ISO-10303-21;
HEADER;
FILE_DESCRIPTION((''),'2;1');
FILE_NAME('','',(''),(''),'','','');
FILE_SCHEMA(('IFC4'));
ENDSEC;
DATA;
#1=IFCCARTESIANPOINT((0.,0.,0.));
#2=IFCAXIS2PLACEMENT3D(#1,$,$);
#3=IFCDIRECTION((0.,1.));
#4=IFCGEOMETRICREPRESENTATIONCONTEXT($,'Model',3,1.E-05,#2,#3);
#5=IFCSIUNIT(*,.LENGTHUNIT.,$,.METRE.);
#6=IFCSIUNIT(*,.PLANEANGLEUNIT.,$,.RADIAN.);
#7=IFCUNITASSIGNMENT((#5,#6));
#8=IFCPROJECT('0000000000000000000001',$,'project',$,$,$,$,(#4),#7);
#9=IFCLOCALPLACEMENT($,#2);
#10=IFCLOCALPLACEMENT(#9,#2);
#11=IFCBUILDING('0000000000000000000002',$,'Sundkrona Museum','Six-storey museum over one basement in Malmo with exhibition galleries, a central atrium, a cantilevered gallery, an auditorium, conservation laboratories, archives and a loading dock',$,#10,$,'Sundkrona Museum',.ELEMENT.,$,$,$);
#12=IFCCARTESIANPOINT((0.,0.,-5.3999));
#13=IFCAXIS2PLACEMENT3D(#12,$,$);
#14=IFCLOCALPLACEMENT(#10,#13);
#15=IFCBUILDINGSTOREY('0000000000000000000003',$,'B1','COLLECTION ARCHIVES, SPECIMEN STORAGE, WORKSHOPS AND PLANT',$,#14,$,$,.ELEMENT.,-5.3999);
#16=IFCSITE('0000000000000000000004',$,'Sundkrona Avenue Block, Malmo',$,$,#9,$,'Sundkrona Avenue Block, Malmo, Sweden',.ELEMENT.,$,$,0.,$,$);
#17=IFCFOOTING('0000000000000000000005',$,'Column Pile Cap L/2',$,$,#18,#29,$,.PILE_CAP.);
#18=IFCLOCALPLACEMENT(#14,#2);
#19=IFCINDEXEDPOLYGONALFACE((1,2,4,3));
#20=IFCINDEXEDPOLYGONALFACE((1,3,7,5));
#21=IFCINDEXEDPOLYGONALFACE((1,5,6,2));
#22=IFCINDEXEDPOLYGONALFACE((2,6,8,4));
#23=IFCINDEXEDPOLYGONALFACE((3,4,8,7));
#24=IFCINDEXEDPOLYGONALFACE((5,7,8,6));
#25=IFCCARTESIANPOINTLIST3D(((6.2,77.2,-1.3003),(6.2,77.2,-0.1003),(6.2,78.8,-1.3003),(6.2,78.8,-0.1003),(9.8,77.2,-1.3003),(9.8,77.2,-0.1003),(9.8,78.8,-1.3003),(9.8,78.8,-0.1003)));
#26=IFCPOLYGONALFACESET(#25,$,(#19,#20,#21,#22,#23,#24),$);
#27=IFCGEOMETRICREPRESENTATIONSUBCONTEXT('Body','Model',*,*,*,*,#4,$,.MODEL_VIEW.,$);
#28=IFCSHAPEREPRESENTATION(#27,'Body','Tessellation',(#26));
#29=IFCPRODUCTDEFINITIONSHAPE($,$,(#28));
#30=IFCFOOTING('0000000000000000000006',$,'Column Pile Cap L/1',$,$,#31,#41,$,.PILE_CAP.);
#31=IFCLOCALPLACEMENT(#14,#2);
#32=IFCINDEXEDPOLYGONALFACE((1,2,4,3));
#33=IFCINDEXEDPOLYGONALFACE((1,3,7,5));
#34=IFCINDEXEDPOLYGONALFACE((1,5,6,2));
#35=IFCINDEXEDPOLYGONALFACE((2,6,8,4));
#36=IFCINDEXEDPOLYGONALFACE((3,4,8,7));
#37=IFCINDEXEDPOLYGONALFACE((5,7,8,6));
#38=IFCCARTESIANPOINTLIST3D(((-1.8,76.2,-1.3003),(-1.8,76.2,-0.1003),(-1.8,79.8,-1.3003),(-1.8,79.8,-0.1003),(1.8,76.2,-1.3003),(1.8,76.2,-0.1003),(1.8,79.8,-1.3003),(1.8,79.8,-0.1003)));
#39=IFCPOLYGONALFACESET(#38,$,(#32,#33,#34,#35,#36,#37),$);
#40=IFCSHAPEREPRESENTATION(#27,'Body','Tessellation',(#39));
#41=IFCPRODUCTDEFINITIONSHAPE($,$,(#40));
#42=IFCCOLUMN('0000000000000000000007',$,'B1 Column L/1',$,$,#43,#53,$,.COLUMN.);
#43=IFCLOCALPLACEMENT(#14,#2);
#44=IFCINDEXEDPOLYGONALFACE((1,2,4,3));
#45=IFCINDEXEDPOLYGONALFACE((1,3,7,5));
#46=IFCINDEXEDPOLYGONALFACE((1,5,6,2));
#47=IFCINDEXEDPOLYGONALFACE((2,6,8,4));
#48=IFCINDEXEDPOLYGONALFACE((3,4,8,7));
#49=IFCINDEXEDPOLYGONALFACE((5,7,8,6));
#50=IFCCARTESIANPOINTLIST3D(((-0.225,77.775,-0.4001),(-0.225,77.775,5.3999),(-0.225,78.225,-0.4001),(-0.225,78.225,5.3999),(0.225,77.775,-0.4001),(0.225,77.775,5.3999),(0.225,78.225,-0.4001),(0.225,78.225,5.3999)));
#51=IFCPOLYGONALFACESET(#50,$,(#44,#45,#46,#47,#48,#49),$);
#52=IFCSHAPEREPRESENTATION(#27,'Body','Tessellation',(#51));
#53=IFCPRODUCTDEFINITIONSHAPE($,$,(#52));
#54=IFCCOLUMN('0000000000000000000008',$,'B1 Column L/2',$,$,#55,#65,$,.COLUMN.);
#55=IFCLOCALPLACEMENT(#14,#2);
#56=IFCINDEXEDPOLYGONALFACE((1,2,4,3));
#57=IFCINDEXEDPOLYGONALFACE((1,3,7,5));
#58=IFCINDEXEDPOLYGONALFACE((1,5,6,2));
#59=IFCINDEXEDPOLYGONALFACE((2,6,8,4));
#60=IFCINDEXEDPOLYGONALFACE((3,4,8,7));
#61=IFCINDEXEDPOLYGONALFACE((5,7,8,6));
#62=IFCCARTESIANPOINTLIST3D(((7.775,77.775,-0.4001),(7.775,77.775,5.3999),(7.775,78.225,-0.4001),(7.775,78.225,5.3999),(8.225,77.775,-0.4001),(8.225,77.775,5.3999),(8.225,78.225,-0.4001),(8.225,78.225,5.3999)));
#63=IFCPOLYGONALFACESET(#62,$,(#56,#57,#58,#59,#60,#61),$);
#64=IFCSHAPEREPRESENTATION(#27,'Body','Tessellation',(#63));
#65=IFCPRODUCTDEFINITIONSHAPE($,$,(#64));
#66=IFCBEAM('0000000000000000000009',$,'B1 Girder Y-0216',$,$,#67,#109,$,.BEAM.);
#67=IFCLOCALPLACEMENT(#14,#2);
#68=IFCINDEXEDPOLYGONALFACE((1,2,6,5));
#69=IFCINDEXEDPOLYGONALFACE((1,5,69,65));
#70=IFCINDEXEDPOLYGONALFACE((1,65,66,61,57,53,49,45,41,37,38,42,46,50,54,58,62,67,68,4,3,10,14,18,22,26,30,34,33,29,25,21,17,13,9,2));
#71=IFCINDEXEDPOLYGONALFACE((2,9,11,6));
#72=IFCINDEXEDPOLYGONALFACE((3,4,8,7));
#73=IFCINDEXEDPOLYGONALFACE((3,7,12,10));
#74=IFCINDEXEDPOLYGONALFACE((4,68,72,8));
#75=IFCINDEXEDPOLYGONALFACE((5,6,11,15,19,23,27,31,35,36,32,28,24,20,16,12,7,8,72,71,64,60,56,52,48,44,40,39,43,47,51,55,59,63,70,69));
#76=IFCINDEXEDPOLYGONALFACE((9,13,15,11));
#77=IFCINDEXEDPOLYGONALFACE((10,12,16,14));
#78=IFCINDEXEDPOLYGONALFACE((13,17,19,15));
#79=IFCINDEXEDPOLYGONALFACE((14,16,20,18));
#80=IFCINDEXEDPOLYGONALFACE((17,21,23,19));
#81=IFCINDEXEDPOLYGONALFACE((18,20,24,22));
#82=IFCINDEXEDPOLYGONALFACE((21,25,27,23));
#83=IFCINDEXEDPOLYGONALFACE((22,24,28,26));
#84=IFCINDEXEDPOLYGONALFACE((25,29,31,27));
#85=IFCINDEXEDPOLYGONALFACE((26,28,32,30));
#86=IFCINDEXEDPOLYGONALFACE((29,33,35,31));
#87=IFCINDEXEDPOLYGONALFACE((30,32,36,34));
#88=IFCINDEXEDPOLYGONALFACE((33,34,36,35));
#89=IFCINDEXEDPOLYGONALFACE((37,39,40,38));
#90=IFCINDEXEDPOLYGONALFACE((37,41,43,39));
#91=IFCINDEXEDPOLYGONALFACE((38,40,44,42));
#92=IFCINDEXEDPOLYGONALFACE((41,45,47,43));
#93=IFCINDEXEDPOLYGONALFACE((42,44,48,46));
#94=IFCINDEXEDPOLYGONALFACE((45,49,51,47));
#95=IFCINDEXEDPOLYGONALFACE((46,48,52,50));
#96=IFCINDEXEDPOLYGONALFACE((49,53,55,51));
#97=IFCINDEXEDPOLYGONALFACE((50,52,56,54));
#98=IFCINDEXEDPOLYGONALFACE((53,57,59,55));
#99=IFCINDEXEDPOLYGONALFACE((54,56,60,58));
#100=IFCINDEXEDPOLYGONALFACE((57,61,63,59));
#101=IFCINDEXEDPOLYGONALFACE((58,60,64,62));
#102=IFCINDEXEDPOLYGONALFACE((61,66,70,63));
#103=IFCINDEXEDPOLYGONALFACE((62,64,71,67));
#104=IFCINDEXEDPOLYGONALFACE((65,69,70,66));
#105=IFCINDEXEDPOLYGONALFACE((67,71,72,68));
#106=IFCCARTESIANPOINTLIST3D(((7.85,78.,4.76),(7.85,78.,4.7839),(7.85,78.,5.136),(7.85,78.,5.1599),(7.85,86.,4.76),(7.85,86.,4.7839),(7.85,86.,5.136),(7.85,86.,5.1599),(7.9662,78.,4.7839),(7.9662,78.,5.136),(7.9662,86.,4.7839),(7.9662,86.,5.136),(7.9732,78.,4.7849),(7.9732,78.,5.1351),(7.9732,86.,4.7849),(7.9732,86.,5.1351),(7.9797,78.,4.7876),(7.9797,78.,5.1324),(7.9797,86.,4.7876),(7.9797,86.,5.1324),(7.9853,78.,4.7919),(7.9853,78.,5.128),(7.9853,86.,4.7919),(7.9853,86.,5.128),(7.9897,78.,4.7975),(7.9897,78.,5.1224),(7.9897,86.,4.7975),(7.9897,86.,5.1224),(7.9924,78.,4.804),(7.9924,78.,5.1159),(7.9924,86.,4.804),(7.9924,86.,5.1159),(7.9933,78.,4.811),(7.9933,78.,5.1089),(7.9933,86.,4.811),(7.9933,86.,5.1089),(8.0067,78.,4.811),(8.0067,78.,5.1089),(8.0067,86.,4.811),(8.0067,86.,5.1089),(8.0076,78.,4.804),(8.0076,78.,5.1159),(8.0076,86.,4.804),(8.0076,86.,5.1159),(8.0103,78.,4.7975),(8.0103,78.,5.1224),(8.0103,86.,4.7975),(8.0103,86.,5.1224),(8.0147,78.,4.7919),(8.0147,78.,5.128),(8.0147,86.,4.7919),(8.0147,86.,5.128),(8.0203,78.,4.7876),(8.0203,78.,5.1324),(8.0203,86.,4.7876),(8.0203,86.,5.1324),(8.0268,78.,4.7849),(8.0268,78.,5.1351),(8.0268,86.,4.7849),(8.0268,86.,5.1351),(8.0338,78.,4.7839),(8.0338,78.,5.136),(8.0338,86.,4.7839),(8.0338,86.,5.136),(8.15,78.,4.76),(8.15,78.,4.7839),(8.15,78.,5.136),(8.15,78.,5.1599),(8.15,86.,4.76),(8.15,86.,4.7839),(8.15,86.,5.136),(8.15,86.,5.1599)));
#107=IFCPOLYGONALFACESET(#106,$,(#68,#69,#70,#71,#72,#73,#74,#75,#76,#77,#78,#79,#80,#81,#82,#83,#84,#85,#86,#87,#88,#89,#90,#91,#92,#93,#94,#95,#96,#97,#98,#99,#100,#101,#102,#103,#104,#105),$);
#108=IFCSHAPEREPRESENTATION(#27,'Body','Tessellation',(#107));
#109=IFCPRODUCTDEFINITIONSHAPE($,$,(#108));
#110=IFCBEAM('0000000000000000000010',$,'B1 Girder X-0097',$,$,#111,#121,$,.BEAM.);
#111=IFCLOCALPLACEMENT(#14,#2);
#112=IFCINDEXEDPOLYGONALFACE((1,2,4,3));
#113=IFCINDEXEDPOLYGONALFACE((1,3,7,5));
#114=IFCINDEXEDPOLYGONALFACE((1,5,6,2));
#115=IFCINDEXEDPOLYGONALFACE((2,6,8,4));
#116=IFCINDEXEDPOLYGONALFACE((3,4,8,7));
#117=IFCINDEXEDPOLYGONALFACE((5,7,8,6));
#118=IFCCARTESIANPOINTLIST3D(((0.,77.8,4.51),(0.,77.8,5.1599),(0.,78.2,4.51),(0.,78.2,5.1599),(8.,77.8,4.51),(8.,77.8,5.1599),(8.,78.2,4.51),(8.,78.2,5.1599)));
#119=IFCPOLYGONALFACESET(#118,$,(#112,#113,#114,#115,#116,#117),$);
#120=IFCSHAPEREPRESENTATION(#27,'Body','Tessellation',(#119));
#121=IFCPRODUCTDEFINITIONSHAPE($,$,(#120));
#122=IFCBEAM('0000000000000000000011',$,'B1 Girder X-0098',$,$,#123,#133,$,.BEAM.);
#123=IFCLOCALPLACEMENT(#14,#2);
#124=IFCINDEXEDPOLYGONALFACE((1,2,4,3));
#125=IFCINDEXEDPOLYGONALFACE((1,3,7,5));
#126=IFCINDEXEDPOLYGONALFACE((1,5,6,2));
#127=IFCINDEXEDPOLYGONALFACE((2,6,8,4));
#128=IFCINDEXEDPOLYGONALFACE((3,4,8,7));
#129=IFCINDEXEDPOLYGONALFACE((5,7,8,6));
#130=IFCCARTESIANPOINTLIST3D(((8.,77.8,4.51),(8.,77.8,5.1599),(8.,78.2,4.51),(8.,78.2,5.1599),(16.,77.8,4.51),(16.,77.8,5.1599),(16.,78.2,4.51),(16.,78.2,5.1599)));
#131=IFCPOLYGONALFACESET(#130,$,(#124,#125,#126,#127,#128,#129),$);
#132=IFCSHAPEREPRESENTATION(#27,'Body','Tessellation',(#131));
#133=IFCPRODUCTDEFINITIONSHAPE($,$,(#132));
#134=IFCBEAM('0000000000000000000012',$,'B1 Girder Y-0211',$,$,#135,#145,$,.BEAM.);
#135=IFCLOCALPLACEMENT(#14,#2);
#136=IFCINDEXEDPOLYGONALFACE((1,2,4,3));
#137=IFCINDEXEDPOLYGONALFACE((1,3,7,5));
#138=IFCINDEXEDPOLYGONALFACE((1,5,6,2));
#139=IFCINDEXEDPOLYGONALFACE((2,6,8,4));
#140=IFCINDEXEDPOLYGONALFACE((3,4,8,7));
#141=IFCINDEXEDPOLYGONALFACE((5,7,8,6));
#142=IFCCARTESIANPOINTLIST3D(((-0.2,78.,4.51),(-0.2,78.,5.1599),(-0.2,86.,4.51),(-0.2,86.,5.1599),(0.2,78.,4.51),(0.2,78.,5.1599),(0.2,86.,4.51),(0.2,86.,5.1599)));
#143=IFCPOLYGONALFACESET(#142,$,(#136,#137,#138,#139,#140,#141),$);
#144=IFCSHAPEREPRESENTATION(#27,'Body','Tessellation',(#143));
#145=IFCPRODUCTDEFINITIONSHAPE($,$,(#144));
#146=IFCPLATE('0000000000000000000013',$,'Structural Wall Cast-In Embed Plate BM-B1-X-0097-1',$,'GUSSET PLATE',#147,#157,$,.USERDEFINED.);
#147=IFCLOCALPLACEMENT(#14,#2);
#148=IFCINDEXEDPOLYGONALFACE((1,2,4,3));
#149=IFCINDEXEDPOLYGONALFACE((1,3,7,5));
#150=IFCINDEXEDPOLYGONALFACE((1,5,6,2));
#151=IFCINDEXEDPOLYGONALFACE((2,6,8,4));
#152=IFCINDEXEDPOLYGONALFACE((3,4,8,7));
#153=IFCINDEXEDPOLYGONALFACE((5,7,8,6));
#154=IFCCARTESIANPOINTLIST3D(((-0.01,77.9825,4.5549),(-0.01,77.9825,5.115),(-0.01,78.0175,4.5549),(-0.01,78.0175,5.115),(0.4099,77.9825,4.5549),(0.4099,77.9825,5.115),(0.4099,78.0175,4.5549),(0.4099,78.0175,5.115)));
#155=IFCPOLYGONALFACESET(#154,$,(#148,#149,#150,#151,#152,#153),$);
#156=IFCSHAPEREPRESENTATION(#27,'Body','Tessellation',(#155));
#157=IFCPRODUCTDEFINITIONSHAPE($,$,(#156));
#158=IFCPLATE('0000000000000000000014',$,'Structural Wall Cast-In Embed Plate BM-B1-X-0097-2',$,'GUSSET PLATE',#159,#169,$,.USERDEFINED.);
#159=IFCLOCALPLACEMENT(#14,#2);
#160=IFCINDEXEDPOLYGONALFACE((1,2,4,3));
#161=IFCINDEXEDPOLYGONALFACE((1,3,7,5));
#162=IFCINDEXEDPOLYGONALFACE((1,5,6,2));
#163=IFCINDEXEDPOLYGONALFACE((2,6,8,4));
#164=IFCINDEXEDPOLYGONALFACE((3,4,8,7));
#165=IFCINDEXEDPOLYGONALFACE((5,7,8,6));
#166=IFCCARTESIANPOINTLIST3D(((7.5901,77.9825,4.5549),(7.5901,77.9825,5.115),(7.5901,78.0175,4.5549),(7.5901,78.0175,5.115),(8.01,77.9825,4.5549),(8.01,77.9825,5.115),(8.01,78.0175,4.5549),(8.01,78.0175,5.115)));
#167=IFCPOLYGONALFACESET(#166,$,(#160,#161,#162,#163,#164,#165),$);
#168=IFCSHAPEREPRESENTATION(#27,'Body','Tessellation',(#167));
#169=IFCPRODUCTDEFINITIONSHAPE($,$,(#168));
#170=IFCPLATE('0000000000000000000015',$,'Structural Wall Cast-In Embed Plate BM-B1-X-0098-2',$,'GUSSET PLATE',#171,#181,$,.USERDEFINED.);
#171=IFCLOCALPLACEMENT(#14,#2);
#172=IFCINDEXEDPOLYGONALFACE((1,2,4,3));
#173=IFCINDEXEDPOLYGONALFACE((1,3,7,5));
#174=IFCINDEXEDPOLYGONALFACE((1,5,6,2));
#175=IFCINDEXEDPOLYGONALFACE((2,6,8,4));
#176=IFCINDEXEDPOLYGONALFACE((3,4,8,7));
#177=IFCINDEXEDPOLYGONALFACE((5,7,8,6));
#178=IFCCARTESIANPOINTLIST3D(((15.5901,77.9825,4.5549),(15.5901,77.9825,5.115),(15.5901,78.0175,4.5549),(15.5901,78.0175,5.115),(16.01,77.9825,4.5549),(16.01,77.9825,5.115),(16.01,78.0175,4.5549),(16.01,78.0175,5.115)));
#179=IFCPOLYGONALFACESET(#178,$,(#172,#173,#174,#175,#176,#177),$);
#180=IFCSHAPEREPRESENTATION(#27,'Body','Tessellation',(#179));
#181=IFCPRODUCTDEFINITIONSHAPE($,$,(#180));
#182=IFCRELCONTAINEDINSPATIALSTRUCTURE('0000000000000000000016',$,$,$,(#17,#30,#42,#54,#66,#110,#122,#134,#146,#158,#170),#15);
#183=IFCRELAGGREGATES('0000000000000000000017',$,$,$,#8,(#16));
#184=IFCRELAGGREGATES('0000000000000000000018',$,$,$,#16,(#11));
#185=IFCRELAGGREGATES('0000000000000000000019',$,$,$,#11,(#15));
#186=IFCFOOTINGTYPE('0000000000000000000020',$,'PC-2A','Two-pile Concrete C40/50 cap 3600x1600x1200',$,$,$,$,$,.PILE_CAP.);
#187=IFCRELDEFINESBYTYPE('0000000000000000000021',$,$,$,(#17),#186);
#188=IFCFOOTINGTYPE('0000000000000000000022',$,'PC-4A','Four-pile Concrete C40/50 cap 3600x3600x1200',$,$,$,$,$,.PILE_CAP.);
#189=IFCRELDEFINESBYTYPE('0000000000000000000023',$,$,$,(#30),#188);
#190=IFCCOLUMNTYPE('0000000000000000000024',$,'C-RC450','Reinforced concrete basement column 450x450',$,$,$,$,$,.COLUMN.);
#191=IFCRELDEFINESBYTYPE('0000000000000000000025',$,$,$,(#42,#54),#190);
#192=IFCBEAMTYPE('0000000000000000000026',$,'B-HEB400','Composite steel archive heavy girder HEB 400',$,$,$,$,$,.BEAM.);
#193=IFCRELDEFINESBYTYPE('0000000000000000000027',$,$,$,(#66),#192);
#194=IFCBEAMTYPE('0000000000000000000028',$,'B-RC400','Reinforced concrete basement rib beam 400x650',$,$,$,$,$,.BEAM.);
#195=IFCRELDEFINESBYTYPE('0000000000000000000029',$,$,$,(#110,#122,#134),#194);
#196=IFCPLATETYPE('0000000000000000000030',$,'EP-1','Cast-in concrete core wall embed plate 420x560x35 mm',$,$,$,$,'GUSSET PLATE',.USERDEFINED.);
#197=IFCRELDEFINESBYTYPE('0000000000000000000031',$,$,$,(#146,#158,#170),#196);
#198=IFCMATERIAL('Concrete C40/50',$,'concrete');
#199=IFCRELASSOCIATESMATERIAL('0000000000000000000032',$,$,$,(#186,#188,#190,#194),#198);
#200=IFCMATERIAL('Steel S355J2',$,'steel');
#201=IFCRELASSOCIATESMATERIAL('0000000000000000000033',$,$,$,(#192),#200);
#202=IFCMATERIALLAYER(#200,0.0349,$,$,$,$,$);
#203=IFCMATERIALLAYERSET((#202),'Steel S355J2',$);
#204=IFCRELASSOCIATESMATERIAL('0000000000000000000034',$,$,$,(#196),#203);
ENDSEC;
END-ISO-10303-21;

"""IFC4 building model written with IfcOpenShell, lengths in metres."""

from ifc_helpers import new_model, si_unit, direction, frame, origin, origin_2d, place, context, subcontext, project, spatial, rectangle, i_section, extrude, material, layer, layer_set, material_profile, profile_set, type_object, element, save


model = new_model("IFC4")

# Units and contexts
model_context = context("Model", 3, precision=1e-05, world=origin(), true_north=direction((0.0, 1.0)))
body_context = subcontext(model_context, "Body", "Model", "MODEL_VIEW")
ifc_project = project(units=[si_unit("LENGTHUNIT", "METRE"), si_unit("PLANEANGLEUNIT", "RADIAN")], contexts=[model_context])

# Site, building, storey
site_placement = place(None, origin())
site = spatial("IfcSite", under=ifc_project, at=site_placement, Name="Sundkrona Avenue Block, Malmo", LongName="Sundkrona Avenue Block, Malmo, Sweden", CompositionType="ELEMENT", RefElevation=0.0)
building_placement = place(site_placement, origin())
building = spatial("IfcBuilding", under=site, at=building_placement, Name="Sundkrona Museum", Description="Six-storey museum over one basement in Malmo with exhibition galleries, a central atrium, a cantilevered gallery, an auditorium, conservation laboratories, archives and a loading dock", LongName="Sundkrona Museum", CompositionType="ELEMENT")
storey_placement = place(building_placement, frame((0.0, 0.0, -5.3999)))
storey = spatial("IfcBuildingStorey", under=building, at=storey_placement, Name="B1", Description="COLLECTION ARCHIVES, SPECIMEN STORAGE, WORKSHOPS AND PLANT", CompositionType="ELEMENT", Elevation=-5.3999)

# Shared definitions
ifc_material_1 = material(Name="Concrete C40/50", Category="concrete")

# Footings
footing_type_1 = type_object("IfcFootingType", Name="PC-2A", Description="Two-pile Concrete C40/50 cap 3600x1600x1200", PredefinedType="PILE_CAP", material=ifc_material_1)
footing_1_placement = place(storey_placement, frame((8.0, 78.0, -1.3003), z_axis=(0.0, 0.0, 1.0), x_axis=(1.0, 0.0, 0.0)))
element("IfcFooting", 1, at=footing_1_placement, inside=storey, type_object=footing_type_1, Name="Column Pile Cap L/2", PredefinedType="PILE_CAP", context=body_context, shape_type="SweptSolid", body=[
    extrude(rectangle(XDim=3.6001, YDim=1.6001, at=origin_2d()), origin(), (0.0, 0.0, 1.0), 1.2),
])
footing_type_2 = type_object("IfcFootingType", Name="PC-4A", Description="Four-pile Concrete C40/50 cap 3600x3600x1200", PredefinedType="PILE_CAP", material=ifc_material_1)
footing_2_placement = place(storey_placement, frame((0.0, 78.0, -1.3003), z_axis=(0.0, 0.0, 1.0), x_axis=(1.0, 0.0, 0.0)))
element("IfcFooting", 2, at=footing_2_placement, inside=storey, type_object=footing_type_2, Name="Column Pile Cap L/1", PredefinedType="PILE_CAP", context=body_context, shape_type="SweptSolid", body=[
    extrude(rectangle(XDim=3.6001, YDim=3.6001, at=origin_2d()), origin(), (0.0, 0.0, 1.0), 1.2),
])

# Columns
ifc_material_profile_1 = material_profile(ifc_material_1, rectangle(XDim=0.45, YDim=0.45, at=origin_2d()), Name="RC 450x450")
ifc_profile_set_1 = profile_set([ifc_material_profile_1], Name="Concrete C40/50")
column_type = type_object("IfcColumnType", Name="C-RC450", Description="Reinforced concrete basement column 450x450", PredefinedType="COLUMN", material=ifc_profile_set_1)
for number, where, z_axis, x_axis, name in (
    (3, (0.0, 78.0, -0.4001), (0.0, 0.0, 1.0), (1.0, 0.0, 0.0), "B1 Column L/1"),
    (4, (8.0, 78.0, -0.4001), (0.0, 0.0, 1.0), (1.0, 0.0, 0.0), "B1 Column L/2"),
):
    element("IfcColumn", number, at=place(storey_placement, frame(where, z_axis=z_axis, x_axis=x_axis)), inside=storey, type_object=column_type, Name=name, PredefinedType="COLUMN", context=body_context, shape_type="SweptSolid", body=[
        extrude(rectangle(XDim=0.45, YDim=0.45, at=origin_2d()), origin(), (0.0, 0.0, 1.0), 5.8),
    ])

# Beams
ifc_material_2 = material(Name="Steel S355J2", Category="steel")
ifc_material_profile_2 = material_profile(ifc_material_2, i_section(OverallWidth=0.3, OverallDepth=0.3999, WebThickness=0.0134, FlangeThickness=0.0239, FilletRadius=0.0271, at=origin_2d()), Name="HEB 400")
ifc_profile_set_2 = profile_set([ifc_material_profile_2], Name="Steel S355J2")
beam_type_1 = type_object("IfcBeamType", Name="B-HEB400", Description="Composite steel archive heavy girder HEB 400", PredefinedType="BEAM", material=ifc_profile_set_2)
beam_placement = place(storey_placement, frame((8.0, 78.0, 4.96), z_axis=(0.0, 1.0, 0.0), x_axis=(-1.0, 0.0, 0.0)))
element("IfcBeam", 5, at=beam_placement, inside=storey, type_object=beam_type_1, Name="B1 Girder Y-0216", PredefinedType="BEAM", context=body_context, shape_type="SweptSolid", body=[
    extrude(i_section(OverallWidth=0.3, OverallDepth=0.3999, WebThickness=0.0134, FlangeThickness=0.0239, FilletRadius=0.0271, at=origin_2d()), origin(), (0.0, 0.0, 1.0), 8.0),
])
ifc_material_profile_3 = material_profile(ifc_material_1, rectangle(XDim=0.3999, YDim=0.6499, at=origin_2d()), Name="RCB 400x650")
ifc_profile_set_3 = profile_set([ifc_material_profile_3], Name="Concrete C40/50")
beam_type_2 = type_object("IfcBeamType", Name="B-RC400", Description="Reinforced concrete basement rib beam 400x650", PredefinedType="BEAM", material=ifc_profile_set_3)
for number, where, z_axis, x_axis, name in (
    (6, (0.0, 78.0, 4.835), (1.0, 0.0, 0.0), (0.0, 1.0, 0.0), "B1 Girder X-0097"),
    (7, (8.0, 78.0, 4.835), (1.0, 0.0, 0.0), (0.0, 1.0, 0.0), "B1 Girder X-0098"),
    (8, (0.0, 78.0, 4.835), (0.0, 1.0, 0.0), (-1.0, 0.0, 0.0), "B1 Girder Y-0211"),
):
    element("IfcBeam", number, at=place(storey_placement, frame(where, z_axis=z_axis, x_axis=x_axis)), inside=storey, type_object=beam_type_2, Name=name, PredefinedType="BEAM", context=body_context, shape_type="SweptSolid", body=[
        extrude(rectangle(XDim=0.3999, YDim=0.6499, at=origin_2d()), origin(), (0.0, 0.0, 1.0), 8.0),
    ])

# Plates
ifc_layer = layer(ifc_material_2, 0.0349)
ifc_layer_set = layer_set([ifc_layer], Name="Steel S355J2")
plate_type = type_object("IfcPlateType", Name="EP-1", Description="Cast-in concrete core wall embed plate 420x560x35 mm", ElementType="GUSSET PLATE", PredefinedType="USERDEFINED", material=ifc_layer_set)
for number, where, z_axis, x_axis, name in (
    (9, (0.2, 78.0, 4.5549), (0.0, 0.0, 1.0), (1.0, 0.0, 0.0), "Structural Wall Cast-In Embed Plate BM-B1-X-0097-1"),
    (10, (7.8, 78.0, 4.5549), (0.0, 0.0, 1.0), (1.0, 0.0, 0.0), "Structural Wall Cast-In Embed Plate BM-B1-X-0097-2"),
    (11, (15.8, 78.0, 4.5549), (0.0, 0.0, 1.0), (1.0, 0.0, 0.0), "Structural Wall Cast-In Embed Plate BM-B1-X-0098-2"),
):
    element("IfcPlate", number, at=place(storey_placement, frame(where, z_axis=z_axis, x_axis=x_axis)), inside=storey, type_object=plate_type, Name=name, ObjectType="GUSSET PLATE", PredefinedType="USERDEFINED", context=body_context, shape_type="SweptSolid", body=[
        extrude(rectangle(XDim=0.4199, YDim=0.0349, at=origin_2d()), origin(), (0.0, 0.0, 1.0), 0.5601),
    ])

save(model, "model.ifc")
